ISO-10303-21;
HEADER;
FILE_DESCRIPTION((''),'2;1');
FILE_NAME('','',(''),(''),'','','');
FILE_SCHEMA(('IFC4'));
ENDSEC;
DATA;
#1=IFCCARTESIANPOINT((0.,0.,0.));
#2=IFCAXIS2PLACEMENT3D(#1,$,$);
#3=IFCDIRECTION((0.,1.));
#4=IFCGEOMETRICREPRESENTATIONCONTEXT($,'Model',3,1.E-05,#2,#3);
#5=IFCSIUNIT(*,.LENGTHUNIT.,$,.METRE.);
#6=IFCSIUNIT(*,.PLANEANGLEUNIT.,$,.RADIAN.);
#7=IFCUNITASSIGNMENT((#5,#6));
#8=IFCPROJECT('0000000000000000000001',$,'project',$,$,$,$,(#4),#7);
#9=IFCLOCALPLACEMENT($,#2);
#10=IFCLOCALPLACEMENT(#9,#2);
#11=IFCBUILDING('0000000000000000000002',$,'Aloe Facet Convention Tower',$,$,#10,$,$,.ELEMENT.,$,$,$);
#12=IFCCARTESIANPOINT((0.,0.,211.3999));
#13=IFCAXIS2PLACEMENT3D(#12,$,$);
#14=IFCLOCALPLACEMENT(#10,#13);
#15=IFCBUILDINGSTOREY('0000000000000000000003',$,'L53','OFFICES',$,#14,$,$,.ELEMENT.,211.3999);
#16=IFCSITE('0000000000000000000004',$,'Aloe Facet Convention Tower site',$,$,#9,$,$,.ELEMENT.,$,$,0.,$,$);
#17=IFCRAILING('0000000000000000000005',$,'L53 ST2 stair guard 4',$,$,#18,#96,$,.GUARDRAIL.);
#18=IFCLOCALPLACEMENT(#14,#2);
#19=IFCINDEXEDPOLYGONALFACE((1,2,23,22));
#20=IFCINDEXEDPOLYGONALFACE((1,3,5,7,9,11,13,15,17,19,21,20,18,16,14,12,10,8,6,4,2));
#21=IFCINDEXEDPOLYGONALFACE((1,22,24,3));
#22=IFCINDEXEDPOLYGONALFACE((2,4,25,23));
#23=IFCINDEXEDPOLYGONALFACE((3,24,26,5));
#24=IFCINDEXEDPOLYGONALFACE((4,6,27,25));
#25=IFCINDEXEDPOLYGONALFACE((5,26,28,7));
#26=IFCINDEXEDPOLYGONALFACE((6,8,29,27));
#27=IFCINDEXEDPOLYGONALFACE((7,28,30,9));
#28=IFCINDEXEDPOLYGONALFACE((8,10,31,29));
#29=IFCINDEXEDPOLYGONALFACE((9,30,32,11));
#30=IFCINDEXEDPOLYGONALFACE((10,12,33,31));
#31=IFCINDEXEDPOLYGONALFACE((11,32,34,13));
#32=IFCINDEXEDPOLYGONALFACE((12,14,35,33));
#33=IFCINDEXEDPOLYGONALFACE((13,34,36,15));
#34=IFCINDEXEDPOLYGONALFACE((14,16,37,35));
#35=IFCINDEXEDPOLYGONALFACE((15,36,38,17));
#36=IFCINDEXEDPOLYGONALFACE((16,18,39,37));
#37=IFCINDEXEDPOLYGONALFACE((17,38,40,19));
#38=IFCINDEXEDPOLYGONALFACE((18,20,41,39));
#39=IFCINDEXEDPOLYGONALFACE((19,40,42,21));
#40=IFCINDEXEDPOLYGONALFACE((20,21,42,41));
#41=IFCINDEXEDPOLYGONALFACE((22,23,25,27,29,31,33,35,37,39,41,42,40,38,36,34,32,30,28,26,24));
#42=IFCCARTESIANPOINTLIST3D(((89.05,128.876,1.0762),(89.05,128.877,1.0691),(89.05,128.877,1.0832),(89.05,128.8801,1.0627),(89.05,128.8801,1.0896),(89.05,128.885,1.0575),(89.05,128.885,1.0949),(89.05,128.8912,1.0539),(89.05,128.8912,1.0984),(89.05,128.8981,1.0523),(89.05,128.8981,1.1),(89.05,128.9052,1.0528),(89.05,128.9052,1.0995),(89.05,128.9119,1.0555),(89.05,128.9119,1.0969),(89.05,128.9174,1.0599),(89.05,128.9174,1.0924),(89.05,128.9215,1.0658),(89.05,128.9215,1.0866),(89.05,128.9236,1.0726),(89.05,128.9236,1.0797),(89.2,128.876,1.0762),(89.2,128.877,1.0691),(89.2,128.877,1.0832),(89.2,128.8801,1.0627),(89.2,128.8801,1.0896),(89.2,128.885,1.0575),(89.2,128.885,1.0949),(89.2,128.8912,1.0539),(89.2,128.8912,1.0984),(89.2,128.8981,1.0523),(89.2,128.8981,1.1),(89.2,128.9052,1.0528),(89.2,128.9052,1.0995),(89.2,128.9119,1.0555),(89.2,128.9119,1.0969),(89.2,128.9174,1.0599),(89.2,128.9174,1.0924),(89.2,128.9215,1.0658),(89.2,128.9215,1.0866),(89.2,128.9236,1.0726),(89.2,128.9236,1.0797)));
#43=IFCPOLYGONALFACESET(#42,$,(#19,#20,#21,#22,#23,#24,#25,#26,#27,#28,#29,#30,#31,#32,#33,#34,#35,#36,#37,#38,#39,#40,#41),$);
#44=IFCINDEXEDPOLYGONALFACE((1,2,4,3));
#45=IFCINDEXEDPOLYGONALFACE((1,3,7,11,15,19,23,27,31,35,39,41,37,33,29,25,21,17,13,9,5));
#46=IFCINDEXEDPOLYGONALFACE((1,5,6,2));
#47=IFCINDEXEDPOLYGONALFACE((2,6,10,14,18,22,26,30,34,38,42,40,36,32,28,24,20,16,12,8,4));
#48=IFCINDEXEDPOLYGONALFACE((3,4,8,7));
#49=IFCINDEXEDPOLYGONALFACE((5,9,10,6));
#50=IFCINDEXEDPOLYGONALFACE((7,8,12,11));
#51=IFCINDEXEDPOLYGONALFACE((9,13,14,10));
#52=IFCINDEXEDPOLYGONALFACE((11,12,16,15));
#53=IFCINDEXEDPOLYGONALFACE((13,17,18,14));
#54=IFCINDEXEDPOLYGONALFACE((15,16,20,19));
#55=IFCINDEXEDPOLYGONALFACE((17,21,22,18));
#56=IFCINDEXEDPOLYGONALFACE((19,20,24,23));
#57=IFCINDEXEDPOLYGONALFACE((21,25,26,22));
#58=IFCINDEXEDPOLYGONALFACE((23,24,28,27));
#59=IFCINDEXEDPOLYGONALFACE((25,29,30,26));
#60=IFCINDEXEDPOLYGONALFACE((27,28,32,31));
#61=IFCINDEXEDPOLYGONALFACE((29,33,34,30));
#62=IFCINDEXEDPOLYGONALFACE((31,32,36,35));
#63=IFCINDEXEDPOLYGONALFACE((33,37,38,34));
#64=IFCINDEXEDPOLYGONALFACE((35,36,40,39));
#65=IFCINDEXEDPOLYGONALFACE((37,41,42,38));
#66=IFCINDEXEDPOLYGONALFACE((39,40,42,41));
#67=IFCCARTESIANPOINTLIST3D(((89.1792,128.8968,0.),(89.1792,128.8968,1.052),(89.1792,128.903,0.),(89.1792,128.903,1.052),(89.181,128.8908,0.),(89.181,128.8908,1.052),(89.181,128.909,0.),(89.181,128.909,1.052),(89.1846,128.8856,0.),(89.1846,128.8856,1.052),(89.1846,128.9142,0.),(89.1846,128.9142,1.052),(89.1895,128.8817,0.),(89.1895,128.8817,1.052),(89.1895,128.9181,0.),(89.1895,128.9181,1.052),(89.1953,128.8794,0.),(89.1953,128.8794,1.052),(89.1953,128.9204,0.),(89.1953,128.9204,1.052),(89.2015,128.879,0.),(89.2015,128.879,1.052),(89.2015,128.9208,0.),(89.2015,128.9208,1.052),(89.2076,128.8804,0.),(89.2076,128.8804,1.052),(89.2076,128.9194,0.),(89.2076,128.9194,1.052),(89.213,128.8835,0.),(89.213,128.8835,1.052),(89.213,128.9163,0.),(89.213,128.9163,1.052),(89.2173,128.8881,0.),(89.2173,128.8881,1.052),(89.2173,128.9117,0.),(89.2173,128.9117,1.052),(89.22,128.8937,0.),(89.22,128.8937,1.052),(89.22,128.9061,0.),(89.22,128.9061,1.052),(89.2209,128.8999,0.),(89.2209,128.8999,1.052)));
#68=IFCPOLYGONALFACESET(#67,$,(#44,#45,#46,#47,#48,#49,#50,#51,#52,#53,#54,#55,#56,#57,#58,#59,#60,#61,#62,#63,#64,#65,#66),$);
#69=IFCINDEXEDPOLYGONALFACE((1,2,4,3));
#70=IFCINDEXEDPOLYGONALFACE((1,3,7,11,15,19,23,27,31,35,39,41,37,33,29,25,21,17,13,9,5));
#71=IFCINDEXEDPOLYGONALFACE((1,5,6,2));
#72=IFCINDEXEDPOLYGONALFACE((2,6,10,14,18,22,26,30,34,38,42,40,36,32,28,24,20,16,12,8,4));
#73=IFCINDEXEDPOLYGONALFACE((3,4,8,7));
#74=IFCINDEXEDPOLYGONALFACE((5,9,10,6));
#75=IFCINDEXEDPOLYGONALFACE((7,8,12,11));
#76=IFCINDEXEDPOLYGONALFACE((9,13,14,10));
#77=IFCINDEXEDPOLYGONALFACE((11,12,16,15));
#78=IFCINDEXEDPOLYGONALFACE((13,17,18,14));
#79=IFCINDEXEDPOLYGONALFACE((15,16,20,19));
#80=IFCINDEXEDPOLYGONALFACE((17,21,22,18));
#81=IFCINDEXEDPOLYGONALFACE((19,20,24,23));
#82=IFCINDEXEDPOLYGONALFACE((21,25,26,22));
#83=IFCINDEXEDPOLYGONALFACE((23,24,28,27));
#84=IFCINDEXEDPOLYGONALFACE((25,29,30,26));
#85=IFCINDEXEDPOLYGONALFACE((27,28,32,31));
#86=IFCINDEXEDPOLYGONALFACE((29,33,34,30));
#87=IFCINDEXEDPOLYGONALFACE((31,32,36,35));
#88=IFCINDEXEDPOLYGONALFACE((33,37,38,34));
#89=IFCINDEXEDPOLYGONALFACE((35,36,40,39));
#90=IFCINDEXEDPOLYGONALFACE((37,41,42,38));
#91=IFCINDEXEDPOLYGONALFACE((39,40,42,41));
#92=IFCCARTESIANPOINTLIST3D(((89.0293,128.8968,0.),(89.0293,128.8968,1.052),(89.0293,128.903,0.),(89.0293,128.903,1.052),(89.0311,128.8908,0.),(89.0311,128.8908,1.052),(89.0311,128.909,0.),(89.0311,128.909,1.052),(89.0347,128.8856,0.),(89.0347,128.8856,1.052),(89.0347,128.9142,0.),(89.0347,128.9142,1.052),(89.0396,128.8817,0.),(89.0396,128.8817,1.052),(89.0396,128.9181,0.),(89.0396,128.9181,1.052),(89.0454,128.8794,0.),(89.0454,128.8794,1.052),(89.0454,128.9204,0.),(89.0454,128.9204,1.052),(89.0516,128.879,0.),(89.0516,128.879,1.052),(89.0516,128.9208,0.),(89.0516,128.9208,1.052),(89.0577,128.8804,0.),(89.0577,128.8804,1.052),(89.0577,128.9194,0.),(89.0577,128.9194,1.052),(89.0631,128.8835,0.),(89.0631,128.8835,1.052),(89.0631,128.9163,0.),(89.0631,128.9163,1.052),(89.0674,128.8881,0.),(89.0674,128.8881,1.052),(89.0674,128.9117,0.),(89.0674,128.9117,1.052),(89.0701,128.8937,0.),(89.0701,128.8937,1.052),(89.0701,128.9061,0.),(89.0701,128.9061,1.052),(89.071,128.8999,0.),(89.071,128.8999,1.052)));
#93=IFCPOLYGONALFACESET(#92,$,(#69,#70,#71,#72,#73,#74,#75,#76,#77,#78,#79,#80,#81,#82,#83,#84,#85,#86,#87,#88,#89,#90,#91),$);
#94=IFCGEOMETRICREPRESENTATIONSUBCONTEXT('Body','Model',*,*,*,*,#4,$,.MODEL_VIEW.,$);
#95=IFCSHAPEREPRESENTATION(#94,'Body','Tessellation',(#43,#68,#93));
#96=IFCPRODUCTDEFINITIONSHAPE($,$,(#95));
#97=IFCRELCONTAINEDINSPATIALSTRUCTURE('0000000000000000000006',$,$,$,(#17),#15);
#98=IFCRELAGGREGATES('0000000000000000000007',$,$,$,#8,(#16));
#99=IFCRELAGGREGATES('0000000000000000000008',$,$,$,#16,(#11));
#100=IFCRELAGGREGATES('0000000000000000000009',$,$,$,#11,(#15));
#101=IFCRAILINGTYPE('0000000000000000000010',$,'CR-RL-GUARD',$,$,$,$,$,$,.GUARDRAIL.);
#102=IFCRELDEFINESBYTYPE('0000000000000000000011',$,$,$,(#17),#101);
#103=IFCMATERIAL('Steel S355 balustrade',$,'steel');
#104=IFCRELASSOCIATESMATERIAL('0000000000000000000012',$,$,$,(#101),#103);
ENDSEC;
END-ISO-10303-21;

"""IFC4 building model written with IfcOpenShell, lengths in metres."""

from ifc_helpers import new_model, si_unit, direction, frame, origin, origin_2d, place, context, subcontext, project, spatial, circle, extrude, material, type_object, element, save


model = new_model("IFC4")

# Units and contexts
model_context = context("Model", 3, precision=1e-05, world=origin(), true_north=direction((0.0, 1.0)))
body_context = subcontext(model_context, "Body", "Model", "MODEL_VIEW")
ifc_project = project(units=[si_unit("LENGTHUNIT", "METRE"), si_unit("PLANEANGLEUNIT", "RADIAN")], contexts=[model_context])

# Site, building, storey
site_placement = place(None, origin())
site = spatial("IfcSite", under=ifc_project, at=site_placement, Name="Aloe Facet Convention Tower site", CompositionType="ELEMENT", RefElevation=0.0)
building_placement = place(site_placement, origin())
building = spatial("IfcBuilding", under=site, at=building_placement, Name="Aloe Facet Convention Tower", CompositionType="ELEMENT")
storey_placement = place(building_placement, frame((0.0, 0.0, 211.3999)))
storey = spatial("IfcBuildingStorey", under=building, at=storey_placement, Name="L53", Description="OFFICES", CompositionType="ELEMENT", Elevation=211.3999)

# Railing
ifc_material_1 = material(Name="Steel S355 balustrade", Category="steel")
railing_type_1 = type_object("IfcRailingType", Name="CR-RL-GUARD", PredefinedType="GUARDRAIL", material=ifc_material_1)
railing_1_placement = place(storey_placement, frame((89.2, 128.8999, 0.0)))
element("IfcRailing", 1, at=railing_1_placement, inside=storey, type_object=railing_type_1, Name="L53 ST2 stair guard 4", PredefinedType="GUARDRAIL", context=body_context, shape_type="SweptSolid", body=[
    extrude(circle(Radius=0.0239, at=origin_2d()), frame((0.0, 0.0, 1.0762), z_axis=(-1.0, 0.0, 0.0), x_axis=(0.0, -1.0, 0.0)), (0.0, 0.0, 1.0), 0.1499),
    extrude(circle(Radius=0.021, at=origin_2d()), origin(), (0.0, 0.0, 1.0), 1.052),
    extrude(circle(Radius=0.021, at=origin_2d()), frame((-0.1499, 0.0, 0.0)), (0.0, 0.0, 1.0), 1.052),
])

save(model, "model.ifc")
